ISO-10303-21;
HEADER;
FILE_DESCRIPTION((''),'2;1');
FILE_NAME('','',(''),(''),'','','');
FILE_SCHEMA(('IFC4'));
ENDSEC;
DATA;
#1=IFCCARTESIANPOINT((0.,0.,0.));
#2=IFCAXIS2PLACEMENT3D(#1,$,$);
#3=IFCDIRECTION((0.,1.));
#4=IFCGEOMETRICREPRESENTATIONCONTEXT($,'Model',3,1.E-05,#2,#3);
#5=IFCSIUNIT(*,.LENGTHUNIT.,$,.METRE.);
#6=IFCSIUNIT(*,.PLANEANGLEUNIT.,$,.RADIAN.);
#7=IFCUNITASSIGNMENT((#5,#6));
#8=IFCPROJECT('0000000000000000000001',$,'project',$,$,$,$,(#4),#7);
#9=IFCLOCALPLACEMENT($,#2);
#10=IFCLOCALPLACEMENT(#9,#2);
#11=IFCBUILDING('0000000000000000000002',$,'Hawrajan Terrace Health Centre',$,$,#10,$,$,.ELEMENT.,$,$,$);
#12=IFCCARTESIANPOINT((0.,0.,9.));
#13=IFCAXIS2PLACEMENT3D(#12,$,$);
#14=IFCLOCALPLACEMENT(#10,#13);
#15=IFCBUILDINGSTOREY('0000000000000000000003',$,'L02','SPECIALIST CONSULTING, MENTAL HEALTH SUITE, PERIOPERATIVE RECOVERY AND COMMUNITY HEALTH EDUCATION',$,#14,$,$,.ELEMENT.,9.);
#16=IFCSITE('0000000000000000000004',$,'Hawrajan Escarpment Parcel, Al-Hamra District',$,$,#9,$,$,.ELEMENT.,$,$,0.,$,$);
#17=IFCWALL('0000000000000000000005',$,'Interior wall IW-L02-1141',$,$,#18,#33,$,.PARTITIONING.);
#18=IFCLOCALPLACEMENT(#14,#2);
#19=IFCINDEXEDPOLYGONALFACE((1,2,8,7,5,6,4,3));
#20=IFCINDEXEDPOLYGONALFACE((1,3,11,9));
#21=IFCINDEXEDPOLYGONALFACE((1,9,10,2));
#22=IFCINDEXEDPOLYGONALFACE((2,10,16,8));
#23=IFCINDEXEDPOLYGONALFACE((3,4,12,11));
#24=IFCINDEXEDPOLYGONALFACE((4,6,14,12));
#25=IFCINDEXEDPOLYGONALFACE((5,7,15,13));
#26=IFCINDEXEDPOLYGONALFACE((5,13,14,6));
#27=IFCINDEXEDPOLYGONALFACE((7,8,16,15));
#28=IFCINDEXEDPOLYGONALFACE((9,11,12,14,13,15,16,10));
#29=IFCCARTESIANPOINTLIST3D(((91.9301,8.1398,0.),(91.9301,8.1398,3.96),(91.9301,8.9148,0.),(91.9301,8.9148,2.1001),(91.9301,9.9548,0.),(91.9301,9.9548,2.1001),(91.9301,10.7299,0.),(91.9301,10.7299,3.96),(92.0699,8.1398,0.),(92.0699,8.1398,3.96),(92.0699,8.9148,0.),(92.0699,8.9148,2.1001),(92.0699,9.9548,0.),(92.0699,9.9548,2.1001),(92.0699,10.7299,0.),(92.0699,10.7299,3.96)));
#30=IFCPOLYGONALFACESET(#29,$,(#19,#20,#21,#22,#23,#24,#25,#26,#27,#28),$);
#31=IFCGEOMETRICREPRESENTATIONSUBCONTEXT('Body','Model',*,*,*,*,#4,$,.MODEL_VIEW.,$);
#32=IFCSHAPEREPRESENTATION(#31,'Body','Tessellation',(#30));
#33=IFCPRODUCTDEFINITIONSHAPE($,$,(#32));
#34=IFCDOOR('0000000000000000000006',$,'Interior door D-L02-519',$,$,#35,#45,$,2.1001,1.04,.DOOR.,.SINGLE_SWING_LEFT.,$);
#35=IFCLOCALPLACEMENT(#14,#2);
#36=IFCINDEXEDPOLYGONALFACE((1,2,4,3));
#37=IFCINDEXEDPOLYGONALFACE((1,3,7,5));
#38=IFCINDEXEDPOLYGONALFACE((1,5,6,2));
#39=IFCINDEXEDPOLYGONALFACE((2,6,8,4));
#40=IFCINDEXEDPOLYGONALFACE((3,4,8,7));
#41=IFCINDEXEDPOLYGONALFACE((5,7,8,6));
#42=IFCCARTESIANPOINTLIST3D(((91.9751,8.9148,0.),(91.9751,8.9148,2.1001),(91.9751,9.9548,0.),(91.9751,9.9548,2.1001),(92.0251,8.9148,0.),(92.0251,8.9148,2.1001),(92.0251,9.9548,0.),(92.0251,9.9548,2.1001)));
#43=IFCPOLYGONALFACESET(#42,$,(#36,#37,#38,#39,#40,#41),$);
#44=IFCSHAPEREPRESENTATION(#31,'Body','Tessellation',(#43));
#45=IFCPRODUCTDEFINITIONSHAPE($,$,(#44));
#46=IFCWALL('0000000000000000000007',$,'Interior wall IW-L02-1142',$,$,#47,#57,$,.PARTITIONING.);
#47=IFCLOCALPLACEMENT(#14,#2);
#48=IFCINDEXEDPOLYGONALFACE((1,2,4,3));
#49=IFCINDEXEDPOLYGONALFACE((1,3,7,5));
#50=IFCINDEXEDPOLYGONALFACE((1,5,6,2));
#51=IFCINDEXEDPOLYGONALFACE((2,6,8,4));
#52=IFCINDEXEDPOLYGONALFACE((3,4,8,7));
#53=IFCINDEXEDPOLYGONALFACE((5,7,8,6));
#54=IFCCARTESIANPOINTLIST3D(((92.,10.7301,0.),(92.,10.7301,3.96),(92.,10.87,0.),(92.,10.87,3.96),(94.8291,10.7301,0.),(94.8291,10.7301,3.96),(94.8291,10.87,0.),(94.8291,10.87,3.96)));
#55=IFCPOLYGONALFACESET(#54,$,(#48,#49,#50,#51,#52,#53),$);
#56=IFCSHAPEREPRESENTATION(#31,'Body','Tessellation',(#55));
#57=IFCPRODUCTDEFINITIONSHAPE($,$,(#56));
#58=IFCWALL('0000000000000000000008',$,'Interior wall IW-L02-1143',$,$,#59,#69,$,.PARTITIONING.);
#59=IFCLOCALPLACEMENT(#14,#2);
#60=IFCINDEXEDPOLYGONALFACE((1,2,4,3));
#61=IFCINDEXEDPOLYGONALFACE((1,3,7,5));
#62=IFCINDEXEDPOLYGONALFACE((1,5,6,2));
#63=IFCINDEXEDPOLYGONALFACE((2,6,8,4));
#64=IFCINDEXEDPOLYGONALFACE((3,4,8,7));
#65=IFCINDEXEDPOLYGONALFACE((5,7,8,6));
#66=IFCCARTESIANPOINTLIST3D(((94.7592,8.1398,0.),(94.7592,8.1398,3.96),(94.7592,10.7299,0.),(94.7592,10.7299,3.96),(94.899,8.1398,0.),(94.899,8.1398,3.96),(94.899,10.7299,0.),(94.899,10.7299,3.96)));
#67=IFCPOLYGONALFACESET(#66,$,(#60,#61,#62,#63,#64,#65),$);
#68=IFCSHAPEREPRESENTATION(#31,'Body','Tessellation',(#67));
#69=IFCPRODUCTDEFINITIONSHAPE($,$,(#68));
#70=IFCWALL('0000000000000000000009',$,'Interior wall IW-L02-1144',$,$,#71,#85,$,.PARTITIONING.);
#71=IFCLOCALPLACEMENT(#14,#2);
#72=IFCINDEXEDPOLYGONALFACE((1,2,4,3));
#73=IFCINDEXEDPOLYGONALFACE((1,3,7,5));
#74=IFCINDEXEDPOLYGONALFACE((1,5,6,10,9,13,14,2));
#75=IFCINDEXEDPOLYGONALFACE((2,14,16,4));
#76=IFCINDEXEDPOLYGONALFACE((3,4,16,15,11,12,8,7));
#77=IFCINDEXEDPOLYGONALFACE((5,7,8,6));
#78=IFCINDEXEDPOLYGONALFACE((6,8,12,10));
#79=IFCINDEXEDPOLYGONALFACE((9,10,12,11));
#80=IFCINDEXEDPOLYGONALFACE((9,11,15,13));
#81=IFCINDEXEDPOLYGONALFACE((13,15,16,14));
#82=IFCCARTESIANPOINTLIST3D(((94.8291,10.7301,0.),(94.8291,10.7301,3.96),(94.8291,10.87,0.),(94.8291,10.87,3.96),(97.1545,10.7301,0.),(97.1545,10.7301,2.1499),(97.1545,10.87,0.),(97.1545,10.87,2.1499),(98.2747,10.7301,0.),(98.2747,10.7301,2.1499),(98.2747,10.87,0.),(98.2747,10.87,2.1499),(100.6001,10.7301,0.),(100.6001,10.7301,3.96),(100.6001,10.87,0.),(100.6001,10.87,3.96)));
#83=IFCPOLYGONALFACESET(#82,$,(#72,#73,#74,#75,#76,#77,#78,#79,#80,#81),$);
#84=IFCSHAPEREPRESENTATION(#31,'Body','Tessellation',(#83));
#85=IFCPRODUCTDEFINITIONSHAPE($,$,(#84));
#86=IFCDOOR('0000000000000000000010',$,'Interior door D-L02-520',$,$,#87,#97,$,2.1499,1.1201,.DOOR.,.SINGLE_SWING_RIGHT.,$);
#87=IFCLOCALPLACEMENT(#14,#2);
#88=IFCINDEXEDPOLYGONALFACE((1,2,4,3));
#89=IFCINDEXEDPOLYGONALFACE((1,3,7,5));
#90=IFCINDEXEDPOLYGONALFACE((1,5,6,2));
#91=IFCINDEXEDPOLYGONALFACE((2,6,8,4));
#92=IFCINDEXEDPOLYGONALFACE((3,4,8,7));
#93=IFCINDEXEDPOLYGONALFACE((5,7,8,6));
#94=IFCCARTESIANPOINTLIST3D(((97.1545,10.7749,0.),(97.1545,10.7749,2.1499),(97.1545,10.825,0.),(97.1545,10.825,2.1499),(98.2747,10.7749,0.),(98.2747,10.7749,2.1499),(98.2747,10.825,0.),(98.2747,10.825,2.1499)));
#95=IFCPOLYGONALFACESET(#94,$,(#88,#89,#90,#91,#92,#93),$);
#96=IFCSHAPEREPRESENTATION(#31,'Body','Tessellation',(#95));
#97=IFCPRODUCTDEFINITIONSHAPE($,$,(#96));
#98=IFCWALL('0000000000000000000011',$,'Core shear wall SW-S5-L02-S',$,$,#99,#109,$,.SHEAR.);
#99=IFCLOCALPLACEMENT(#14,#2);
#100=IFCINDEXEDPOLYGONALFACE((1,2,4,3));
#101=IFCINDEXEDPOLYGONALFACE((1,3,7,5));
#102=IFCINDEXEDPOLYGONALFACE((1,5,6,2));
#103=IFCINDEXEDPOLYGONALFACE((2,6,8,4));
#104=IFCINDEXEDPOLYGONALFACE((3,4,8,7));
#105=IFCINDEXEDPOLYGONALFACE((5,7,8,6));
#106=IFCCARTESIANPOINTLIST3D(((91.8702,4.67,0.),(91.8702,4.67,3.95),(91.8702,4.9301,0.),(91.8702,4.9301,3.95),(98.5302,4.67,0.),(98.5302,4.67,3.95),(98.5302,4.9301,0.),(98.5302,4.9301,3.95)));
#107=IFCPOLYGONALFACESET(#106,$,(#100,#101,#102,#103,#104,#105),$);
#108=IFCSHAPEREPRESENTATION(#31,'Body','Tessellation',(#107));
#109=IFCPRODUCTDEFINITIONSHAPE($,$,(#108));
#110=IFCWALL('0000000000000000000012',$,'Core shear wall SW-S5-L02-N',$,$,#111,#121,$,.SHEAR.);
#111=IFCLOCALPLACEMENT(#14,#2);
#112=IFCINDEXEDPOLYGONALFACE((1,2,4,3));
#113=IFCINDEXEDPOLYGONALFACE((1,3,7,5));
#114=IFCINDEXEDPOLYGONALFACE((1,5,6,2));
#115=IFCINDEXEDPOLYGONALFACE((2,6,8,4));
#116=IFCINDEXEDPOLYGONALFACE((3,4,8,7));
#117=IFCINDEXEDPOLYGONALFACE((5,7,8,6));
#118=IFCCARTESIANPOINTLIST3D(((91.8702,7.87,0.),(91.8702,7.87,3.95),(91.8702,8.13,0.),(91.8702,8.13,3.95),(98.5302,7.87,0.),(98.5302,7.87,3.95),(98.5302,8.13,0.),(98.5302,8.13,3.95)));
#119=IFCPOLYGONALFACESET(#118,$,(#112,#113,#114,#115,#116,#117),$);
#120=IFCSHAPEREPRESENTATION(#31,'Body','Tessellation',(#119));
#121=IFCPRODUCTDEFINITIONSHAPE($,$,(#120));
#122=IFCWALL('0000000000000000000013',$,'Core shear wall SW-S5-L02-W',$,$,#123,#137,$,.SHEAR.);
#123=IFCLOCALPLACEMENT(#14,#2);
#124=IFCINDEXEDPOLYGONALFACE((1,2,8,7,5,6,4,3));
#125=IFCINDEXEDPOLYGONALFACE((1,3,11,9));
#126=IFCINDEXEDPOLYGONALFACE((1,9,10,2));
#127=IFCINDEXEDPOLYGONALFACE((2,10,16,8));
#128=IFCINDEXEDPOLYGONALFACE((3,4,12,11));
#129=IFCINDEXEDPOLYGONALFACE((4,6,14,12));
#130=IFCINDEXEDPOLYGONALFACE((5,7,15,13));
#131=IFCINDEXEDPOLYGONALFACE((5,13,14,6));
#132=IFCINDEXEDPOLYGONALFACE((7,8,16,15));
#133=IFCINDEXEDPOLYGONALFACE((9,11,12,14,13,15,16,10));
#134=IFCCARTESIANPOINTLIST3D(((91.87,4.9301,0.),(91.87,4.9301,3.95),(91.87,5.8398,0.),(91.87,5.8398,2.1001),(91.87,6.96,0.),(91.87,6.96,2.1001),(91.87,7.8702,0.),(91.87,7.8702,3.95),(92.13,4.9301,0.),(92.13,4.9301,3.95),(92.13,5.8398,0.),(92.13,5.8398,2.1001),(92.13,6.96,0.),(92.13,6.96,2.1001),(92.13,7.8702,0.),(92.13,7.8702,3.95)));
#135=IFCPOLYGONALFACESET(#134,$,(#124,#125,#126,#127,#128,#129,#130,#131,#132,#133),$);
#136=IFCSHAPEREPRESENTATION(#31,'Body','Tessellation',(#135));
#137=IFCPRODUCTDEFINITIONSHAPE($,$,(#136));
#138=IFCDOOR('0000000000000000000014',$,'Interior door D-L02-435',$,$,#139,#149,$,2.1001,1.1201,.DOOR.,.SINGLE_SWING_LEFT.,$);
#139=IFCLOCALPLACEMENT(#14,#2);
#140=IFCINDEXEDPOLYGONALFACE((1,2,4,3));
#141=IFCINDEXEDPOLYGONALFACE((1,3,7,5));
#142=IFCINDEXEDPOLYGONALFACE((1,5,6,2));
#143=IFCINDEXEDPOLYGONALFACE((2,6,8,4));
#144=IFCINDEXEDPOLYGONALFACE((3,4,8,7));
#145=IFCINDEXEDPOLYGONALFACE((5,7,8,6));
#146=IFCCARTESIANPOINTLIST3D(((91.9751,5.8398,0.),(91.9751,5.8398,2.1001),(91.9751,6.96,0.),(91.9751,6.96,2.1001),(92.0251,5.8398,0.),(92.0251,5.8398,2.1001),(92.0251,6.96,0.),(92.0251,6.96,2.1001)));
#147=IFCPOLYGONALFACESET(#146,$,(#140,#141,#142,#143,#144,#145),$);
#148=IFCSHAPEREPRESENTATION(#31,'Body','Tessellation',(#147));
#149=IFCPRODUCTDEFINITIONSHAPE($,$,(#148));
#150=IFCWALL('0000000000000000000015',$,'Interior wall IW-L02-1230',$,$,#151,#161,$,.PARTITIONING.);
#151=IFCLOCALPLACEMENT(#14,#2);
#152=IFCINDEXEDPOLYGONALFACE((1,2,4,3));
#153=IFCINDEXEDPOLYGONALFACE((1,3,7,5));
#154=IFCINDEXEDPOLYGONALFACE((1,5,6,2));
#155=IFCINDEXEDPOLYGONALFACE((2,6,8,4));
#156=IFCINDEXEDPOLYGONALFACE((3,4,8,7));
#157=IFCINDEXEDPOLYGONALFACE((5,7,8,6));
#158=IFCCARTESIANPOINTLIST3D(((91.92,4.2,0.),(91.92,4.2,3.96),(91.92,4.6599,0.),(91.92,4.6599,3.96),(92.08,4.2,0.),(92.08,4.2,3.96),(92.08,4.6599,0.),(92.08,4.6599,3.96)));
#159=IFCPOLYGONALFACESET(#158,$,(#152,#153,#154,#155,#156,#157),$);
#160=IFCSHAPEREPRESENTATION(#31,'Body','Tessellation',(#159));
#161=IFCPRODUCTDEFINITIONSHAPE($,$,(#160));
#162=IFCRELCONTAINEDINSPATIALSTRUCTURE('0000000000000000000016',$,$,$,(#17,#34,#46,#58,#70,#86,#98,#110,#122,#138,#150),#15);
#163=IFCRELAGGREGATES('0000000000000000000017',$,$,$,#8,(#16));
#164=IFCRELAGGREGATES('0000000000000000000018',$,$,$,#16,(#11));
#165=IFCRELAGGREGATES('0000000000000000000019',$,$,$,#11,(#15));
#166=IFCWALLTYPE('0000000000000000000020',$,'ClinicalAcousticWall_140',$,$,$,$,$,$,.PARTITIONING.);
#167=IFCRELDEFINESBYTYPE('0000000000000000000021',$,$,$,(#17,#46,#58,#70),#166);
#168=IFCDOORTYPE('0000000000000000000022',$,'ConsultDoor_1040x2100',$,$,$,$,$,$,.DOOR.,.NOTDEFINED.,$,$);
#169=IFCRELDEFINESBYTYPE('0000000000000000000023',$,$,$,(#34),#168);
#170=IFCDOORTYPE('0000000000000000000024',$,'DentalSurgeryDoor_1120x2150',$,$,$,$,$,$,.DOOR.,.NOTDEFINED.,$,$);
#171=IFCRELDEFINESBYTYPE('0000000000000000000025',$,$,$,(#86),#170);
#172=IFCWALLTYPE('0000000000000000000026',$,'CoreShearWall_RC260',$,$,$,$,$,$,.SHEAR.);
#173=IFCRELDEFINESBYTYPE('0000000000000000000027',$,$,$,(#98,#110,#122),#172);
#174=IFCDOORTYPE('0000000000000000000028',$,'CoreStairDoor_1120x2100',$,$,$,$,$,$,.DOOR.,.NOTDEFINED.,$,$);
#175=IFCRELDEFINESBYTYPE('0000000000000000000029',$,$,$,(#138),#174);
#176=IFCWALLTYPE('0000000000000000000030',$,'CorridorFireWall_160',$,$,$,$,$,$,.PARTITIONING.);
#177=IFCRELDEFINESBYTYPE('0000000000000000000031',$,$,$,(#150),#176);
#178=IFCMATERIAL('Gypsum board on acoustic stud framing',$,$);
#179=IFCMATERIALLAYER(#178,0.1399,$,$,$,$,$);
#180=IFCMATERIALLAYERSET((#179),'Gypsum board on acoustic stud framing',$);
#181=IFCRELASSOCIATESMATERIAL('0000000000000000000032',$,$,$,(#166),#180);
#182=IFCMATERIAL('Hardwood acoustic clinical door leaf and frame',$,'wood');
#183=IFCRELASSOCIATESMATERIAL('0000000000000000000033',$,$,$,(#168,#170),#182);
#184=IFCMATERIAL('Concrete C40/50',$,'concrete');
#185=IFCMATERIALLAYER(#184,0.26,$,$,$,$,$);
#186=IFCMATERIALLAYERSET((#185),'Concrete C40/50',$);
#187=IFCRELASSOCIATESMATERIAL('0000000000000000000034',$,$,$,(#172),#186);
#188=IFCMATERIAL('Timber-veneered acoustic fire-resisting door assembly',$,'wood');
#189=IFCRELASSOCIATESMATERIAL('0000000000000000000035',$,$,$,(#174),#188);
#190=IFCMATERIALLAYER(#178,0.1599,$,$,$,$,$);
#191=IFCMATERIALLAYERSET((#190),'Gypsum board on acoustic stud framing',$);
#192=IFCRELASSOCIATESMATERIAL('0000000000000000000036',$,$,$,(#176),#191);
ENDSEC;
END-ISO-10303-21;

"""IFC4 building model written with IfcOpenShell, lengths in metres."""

from ifc_helpers import new_model, si_unit, direction, frame, frame_2d, origin, place, context, subcontext, project, spatial, rectangle, extrude, material, layer, layer_set, type_object, element, fill, save


model = new_model("IFC4")

# Units and contexts
model_context = context("Model", 3, precision=1e-05, world=origin(), true_north=direction((0.0, 1.0)))
body_context = subcontext(model_context, "Body", "Model", "MODEL_VIEW")
ifc_project = project(units=[si_unit("LENGTHUNIT", "METRE"), si_unit("PLANEANGLEUNIT", "RADIAN")], contexts=[model_context])

# Site, building, storey
site_placement = place(None, origin())
site = spatial("IfcSite", under=ifc_project, at=site_placement, Name="Hawrajan Escarpment Parcel, Al-Hamra District", CompositionType="ELEMENT", RefElevation=0.0)
building_placement = place(site_placement, origin())
building = spatial("IfcBuilding", under=site, at=building_placement, Name="Hawrajan Terrace Health Centre", CompositionType="ELEMENT")
storey_placement = place(building_placement, frame((0.0, 0.0, 9.0)))
storey = spatial("IfcBuildingStorey", under=building, at=storey_placement, Name="L02", Description="SPECIALIST CONSULTING, MENTAL HEALTH SUITE, PERIOPERATIVE RECOVERY AND COMMUNITY HEALTH EDUCATION", CompositionType="ELEMENT", Elevation=9.0)

# Wall, opening, door
ifc_material_1 = material(Name="Gypsum board on acoustic stud framing")
ifc_layer_1 = layer(ifc_material_1, 0.1399)
ifc_layer_set_1 = layer_set([ifc_layer_1], Name="Gypsum board on acoustic stud framing")
wall_type_1 = type_object("IfcWallType", Name="ClinicalAcousticWall_140", PredefinedType="PARTITIONING", material=ifc_layer_set_1)
wall_1_placement = place(storey_placement, frame((92.0, 8.1399, 0.0), z_axis=(0.0, 0.0, 1.0), x_axis=(0.0, 1.0, 0.0)))
wall_1 = element("IfcWall", 1, at=wall_1_placement, inside=storey, type_object=wall_type_1, Name="Interior wall IW-L02-1141", PredefinedType="PARTITIONING", context=body_context, shape_type="SweptSolid", body=[
    extrude(rectangle(XDim=2.5901, YDim=0.1399, at=frame_2d((1.2949, 0.0))), origin(), (0.0, 0.0, 1.0), 3.96),
])
opening_1_placement = place(wall_1_placement, frame((0.7749, 0.0, 0.0)))
opening_1 = element("IfcOpeningElement", 2, at=opening_1_placement, cuts=wall_1, PredefinedType="OPENING", context=body_context, shape_type="SweptSolid", body=[
    extrude(rectangle(XDim=1.04, YDim=2.1001, at=frame_2d((0.52, 1.05))), frame((0.0, 0.0798, 0.0), z_axis=(0.0, -1.0, 0.0), x_axis=(1.0, 0.0, 0.0)), (0.0, 0.0, 1.0), 0.1599),
])
ifc_material_2 = material(Name="Hardwood acoustic clinical door leaf and frame", Category="wood")
door_type_1 = type_object("IfcDoorType", Name="ConsultDoor_1040x2100", OperationType="NOTDEFINED", PredefinedType="DOOR", material=ifc_material_2)
door_1_placement = place(opening_1_placement, origin())
door_1 = element("IfcDoor", 3, at=door_1_placement, inside=storey, type_object=door_type_1, Name="Interior door D-L02-519", OperationType="SINGLE_SWING_LEFT", OverallHeight=2.1001, OverallWidth=1.04, PredefinedType="DOOR", context=body_context, shape_type="SweptSolid", body=[
    extrude(rectangle(XDim=1.04, YDim=2.1001, at=frame_2d((0.52, 1.05))), frame((0.0, 0.0249, 0.0), z_axis=(0.0, -1.0, 0.0), x_axis=(1.0, 0.0, 0.0)), (0.0, 0.0, 1.0), 0.05),
])
fill(opening_1, door_1)

# Walls
wall_2_placement = place(storey_placement, frame((92.0, 10.8, 0.0), z_axis=(0.0, 0.0, 1.0), x_axis=(1.0, 0.0, 0.0)))
element("IfcWall", 4, at=wall_2_placement, inside=storey, type_object=wall_type_1, Name="Interior wall IW-L02-1142", PredefinedType="PARTITIONING", context=body_context, shape_type="SweptSolid", body=[
    extrude(rectangle(XDim=2.8291, YDim=0.1399, at=frame_2d((1.4146, 0.0))), origin(), (0.0, 0.0, 1.0), 3.96),
])
wall_3_placement = place(storey_placement, frame((94.8291, 8.1399, 0.0), z_axis=(0.0, 0.0, 1.0), x_axis=(0.0, 1.0, 0.0)))
element("IfcWall", 5, at=wall_3_placement, inside=storey, type_object=wall_type_1, Name="Interior wall IW-L02-1143", PredefinedType="PARTITIONING", context=body_context, shape_type="SweptSolid", body=[
    extrude(rectangle(XDim=2.5901, YDim=0.1399, at=frame_2d((1.2949, 0.0))), origin(), (0.0, 0.0, 1.0), 3.96),
])

# Wall, opening, door
wall_4_placement = place(storey_placement, frame((94.8291, 10.8, 0.0), z_axis=(0.0, 0.0, 1.0), x_axis=(1.0, 0.0, 0.0)))
wall_4 = element("IfcWall", 6, at=wall_4_placement, inside=storey, type_object=wall_type_1, Name="Interior wall IW-L02-1144", PredefinedType="PARTITIONING", context=body_context, shape_type="SweptSolid", body=[
    extrude(rectangle(XDim=5.771, YDim=0.1399, at=frame_2d((2.8855, 0.0))), origin(), (0.0, 0.0, 1.0), 3.96),
])
opening_2_placement = place(wall_4_placement, frame((2.3254, 0.0, 0.0)))
opening_2 = element("IfcOpeningElement", 7, at=opening_2_placement, cuts=wall_4, PredefinedType="OPENING", context=body_context, shape_type="SweptSolid", body=[
    extrude(rectangle(XDim=1.1201, YDim=2.1499, at=frame_2d((0.5601, 1.075))), frame((0.0, 0.0798, 0.0), z_axis=(0.0, -1.0, 0.0), x_axis=(1.0, 0.0, 0.0)), (0.0, 0.0, 1.0), 0.1599),
])
door_type_2 = type_object("IfcDoorType", Name="DentalSurgeryDoor_1120x2150", OperationType="NOTDEFINED", PredefinedType="DOOR", material=ifc_material_2)
door_2_placement = place(opening_2_placement, origin())
door_2 = element("IfcDoor", 8, at=door_2_placement, inside=storey, type_object=door_type_2, Name="Interior door D-L02-520", OperationType="SINGLE_SWING_RIGHT", OverallHeight=2.1499, OverallWidth=1.1201, PredefinedType="DOOR", context=body_context, shape_type="SweptSolid", body=[
    extrude(rectangle(XDim=1.1201, YDim=2.1499, at=frame_2d((0.5601, 1.075))), frame((0.0, 0.0249, 0.0), z_axis=(0.0, -1.0, 0.0), x_axis=(1.0, 0.0, 0.0)), (0.0, 0.0, 1.0), 0.05),
])
fill(opening_2, door_2)

# Walls
ifc_material_3 = material(Name="Concrete C40/50", Category="concrete")
ifc_layer_2 = layer(ifc_material_3, 0.26)
ifc_layer_set_2 = layer_set([ifc_layer_2], Name="Concrete C40/50")
wall_type_2 = type_object("IfcWallType", Name="CoreShearWall_RC260", PredefinedType="SHEAR", material=ifc_layer_set_2)
for number, where, z_axis, x_axis, name in (
    (9, (91.8701, 4.8, 0.0), (0.0, 0.0, 1.0), (1.0, 0.0, 0.0), "Core shear wall SW-S5-L02-S"),
    (10, (91.8701, 8.0, 0.0), (0.0, 0.0, 1.0), (1.0, 0.0, 0.0), "Core shear wall SW-S5-L02-N"),
):
    element("IfcWall", number, at=place(storey_placement, frame(where, z_axis=z_axis, x_axis=x_axis)), inside=storey, type_object=wall_type_2, Name=name, PredefinedType="SHEAR", context=body_context, shape_type="SweptSolid", body=[
        extrude(rectangle(XDim=6.6599, YDim=0.26, at=frame_2d((3.3301, 0.0))), origin(), (0.0, 0.0, 1.0), 3.95),
    ])

# Wall, opening, door
wall_5_placement = place(storey_placement, frame((92.0, 4.9299, 0.0), z_axis=(0.0, 0.0, 1.0), x_axis=(0.0, 1.0, 0.0)))
wall_5 = element("IfcWall", 11, at=wall_5_placement, inside=storey, type_object=wall_type_2, Name="Core shear wall SW-S5-L02-W", PredefinedType="SHEAR", context=body_context, shape_type="SweptSolid", body=[
    extrude(rectangle(XDim=2.9402, YDim=0.26, at=frame_2d((1.4702, 0.0))), origin(), (0.0, 0.0, 1.0), 3.95),
])
opening_3_placement = place(wall_5_placement, frame((0.9099, 0.0, 0.0)))
opening_3 = element("IfcOpeningElement", 12, at=opening_3_placement, cuts=wall_5, PredefinedType="OPENING", context=body_context, shape_type="SweptSolid", body=[
    extrude(rectangle(XDim=1.1201, YDim=2.1001, at=frame_2d((0.5601, 1.05))), frame((0.0, 0.1399, 0.0), z_axis=(0.0, -1.0, 0.0), x_axis=(1.0, 0.0, 0.0)), (0.0, 0.0, 1.0), 0.28),
])
ifc_material_4 = material(Name="Timber-veneered acoustic fire-resisting door assembly", Category="wood")
door_type_3 = type_object("IfcDoorType", Name="CoreStairDoor_1120x2100", OperationType="NOTDEFINED", PredefinedType="DOOR", material=ifc_material_4)
door_3_placement = place(opening_3_placement, origin())
door_3 = element("IfcDoor", 13, at=door_3_placement, inside=storey, type_object=door_type_3, Name="Interior door D-L02-435", OperationType="SINGLE_SWING_LEFT", OverallHeight=2.1001, OverallWidth=1.1201, PredefinedType="DOOR", context=body_context, shape_type="SweptSolid", body=[
    extrude(rectangle(XDim=1.1201, YDim=2.1001, at=frame_2d((0.5601, 1.05))), frame((0.0, 0.0249, 0.0), z_axis=(0.0, -1.0, 0.0), x_axis=(1.0, 0.0, 0.0)), (0.0, 0.0, 1.0), 0.05),
])
fill(opening_3, door_3)

# Wall
ifc_layer_3 = layer(ifc_material_1, 0.1599)
ifc_layer_set_3 = layer_set([ifc_layer_3], Name="Gypsum board on acoustic stud framing")
wall_type_3 = type_object("IfcWallType", Name="CorridorFireWall_160", PredefinedType="PARTITIONING", material=ifc_layer_set_3)
wall_6_placement = place(storey_placement, frame((92.0, 4.2, 0.0), z_axis=(0.0, 0.0, 1.0), x_axis=(0.0, 1.0, 0.0)))
element("IfcWall", 14, at=wall_6_placement, inside=storey, type_object=wall_type_3, Name="Interior wall IW-L02-1230", PredefinedType="PARTITIONING", context=body_context, shape_type="SweptSolid", body=[
    extrude(rectangle(XDim=0.46, YDim=0.1599, at=frame_2d((0.23, 0.0))), origin(), (0.0, 0.0, 1.0), 3.96),
])

save(model, "model.ifc")
